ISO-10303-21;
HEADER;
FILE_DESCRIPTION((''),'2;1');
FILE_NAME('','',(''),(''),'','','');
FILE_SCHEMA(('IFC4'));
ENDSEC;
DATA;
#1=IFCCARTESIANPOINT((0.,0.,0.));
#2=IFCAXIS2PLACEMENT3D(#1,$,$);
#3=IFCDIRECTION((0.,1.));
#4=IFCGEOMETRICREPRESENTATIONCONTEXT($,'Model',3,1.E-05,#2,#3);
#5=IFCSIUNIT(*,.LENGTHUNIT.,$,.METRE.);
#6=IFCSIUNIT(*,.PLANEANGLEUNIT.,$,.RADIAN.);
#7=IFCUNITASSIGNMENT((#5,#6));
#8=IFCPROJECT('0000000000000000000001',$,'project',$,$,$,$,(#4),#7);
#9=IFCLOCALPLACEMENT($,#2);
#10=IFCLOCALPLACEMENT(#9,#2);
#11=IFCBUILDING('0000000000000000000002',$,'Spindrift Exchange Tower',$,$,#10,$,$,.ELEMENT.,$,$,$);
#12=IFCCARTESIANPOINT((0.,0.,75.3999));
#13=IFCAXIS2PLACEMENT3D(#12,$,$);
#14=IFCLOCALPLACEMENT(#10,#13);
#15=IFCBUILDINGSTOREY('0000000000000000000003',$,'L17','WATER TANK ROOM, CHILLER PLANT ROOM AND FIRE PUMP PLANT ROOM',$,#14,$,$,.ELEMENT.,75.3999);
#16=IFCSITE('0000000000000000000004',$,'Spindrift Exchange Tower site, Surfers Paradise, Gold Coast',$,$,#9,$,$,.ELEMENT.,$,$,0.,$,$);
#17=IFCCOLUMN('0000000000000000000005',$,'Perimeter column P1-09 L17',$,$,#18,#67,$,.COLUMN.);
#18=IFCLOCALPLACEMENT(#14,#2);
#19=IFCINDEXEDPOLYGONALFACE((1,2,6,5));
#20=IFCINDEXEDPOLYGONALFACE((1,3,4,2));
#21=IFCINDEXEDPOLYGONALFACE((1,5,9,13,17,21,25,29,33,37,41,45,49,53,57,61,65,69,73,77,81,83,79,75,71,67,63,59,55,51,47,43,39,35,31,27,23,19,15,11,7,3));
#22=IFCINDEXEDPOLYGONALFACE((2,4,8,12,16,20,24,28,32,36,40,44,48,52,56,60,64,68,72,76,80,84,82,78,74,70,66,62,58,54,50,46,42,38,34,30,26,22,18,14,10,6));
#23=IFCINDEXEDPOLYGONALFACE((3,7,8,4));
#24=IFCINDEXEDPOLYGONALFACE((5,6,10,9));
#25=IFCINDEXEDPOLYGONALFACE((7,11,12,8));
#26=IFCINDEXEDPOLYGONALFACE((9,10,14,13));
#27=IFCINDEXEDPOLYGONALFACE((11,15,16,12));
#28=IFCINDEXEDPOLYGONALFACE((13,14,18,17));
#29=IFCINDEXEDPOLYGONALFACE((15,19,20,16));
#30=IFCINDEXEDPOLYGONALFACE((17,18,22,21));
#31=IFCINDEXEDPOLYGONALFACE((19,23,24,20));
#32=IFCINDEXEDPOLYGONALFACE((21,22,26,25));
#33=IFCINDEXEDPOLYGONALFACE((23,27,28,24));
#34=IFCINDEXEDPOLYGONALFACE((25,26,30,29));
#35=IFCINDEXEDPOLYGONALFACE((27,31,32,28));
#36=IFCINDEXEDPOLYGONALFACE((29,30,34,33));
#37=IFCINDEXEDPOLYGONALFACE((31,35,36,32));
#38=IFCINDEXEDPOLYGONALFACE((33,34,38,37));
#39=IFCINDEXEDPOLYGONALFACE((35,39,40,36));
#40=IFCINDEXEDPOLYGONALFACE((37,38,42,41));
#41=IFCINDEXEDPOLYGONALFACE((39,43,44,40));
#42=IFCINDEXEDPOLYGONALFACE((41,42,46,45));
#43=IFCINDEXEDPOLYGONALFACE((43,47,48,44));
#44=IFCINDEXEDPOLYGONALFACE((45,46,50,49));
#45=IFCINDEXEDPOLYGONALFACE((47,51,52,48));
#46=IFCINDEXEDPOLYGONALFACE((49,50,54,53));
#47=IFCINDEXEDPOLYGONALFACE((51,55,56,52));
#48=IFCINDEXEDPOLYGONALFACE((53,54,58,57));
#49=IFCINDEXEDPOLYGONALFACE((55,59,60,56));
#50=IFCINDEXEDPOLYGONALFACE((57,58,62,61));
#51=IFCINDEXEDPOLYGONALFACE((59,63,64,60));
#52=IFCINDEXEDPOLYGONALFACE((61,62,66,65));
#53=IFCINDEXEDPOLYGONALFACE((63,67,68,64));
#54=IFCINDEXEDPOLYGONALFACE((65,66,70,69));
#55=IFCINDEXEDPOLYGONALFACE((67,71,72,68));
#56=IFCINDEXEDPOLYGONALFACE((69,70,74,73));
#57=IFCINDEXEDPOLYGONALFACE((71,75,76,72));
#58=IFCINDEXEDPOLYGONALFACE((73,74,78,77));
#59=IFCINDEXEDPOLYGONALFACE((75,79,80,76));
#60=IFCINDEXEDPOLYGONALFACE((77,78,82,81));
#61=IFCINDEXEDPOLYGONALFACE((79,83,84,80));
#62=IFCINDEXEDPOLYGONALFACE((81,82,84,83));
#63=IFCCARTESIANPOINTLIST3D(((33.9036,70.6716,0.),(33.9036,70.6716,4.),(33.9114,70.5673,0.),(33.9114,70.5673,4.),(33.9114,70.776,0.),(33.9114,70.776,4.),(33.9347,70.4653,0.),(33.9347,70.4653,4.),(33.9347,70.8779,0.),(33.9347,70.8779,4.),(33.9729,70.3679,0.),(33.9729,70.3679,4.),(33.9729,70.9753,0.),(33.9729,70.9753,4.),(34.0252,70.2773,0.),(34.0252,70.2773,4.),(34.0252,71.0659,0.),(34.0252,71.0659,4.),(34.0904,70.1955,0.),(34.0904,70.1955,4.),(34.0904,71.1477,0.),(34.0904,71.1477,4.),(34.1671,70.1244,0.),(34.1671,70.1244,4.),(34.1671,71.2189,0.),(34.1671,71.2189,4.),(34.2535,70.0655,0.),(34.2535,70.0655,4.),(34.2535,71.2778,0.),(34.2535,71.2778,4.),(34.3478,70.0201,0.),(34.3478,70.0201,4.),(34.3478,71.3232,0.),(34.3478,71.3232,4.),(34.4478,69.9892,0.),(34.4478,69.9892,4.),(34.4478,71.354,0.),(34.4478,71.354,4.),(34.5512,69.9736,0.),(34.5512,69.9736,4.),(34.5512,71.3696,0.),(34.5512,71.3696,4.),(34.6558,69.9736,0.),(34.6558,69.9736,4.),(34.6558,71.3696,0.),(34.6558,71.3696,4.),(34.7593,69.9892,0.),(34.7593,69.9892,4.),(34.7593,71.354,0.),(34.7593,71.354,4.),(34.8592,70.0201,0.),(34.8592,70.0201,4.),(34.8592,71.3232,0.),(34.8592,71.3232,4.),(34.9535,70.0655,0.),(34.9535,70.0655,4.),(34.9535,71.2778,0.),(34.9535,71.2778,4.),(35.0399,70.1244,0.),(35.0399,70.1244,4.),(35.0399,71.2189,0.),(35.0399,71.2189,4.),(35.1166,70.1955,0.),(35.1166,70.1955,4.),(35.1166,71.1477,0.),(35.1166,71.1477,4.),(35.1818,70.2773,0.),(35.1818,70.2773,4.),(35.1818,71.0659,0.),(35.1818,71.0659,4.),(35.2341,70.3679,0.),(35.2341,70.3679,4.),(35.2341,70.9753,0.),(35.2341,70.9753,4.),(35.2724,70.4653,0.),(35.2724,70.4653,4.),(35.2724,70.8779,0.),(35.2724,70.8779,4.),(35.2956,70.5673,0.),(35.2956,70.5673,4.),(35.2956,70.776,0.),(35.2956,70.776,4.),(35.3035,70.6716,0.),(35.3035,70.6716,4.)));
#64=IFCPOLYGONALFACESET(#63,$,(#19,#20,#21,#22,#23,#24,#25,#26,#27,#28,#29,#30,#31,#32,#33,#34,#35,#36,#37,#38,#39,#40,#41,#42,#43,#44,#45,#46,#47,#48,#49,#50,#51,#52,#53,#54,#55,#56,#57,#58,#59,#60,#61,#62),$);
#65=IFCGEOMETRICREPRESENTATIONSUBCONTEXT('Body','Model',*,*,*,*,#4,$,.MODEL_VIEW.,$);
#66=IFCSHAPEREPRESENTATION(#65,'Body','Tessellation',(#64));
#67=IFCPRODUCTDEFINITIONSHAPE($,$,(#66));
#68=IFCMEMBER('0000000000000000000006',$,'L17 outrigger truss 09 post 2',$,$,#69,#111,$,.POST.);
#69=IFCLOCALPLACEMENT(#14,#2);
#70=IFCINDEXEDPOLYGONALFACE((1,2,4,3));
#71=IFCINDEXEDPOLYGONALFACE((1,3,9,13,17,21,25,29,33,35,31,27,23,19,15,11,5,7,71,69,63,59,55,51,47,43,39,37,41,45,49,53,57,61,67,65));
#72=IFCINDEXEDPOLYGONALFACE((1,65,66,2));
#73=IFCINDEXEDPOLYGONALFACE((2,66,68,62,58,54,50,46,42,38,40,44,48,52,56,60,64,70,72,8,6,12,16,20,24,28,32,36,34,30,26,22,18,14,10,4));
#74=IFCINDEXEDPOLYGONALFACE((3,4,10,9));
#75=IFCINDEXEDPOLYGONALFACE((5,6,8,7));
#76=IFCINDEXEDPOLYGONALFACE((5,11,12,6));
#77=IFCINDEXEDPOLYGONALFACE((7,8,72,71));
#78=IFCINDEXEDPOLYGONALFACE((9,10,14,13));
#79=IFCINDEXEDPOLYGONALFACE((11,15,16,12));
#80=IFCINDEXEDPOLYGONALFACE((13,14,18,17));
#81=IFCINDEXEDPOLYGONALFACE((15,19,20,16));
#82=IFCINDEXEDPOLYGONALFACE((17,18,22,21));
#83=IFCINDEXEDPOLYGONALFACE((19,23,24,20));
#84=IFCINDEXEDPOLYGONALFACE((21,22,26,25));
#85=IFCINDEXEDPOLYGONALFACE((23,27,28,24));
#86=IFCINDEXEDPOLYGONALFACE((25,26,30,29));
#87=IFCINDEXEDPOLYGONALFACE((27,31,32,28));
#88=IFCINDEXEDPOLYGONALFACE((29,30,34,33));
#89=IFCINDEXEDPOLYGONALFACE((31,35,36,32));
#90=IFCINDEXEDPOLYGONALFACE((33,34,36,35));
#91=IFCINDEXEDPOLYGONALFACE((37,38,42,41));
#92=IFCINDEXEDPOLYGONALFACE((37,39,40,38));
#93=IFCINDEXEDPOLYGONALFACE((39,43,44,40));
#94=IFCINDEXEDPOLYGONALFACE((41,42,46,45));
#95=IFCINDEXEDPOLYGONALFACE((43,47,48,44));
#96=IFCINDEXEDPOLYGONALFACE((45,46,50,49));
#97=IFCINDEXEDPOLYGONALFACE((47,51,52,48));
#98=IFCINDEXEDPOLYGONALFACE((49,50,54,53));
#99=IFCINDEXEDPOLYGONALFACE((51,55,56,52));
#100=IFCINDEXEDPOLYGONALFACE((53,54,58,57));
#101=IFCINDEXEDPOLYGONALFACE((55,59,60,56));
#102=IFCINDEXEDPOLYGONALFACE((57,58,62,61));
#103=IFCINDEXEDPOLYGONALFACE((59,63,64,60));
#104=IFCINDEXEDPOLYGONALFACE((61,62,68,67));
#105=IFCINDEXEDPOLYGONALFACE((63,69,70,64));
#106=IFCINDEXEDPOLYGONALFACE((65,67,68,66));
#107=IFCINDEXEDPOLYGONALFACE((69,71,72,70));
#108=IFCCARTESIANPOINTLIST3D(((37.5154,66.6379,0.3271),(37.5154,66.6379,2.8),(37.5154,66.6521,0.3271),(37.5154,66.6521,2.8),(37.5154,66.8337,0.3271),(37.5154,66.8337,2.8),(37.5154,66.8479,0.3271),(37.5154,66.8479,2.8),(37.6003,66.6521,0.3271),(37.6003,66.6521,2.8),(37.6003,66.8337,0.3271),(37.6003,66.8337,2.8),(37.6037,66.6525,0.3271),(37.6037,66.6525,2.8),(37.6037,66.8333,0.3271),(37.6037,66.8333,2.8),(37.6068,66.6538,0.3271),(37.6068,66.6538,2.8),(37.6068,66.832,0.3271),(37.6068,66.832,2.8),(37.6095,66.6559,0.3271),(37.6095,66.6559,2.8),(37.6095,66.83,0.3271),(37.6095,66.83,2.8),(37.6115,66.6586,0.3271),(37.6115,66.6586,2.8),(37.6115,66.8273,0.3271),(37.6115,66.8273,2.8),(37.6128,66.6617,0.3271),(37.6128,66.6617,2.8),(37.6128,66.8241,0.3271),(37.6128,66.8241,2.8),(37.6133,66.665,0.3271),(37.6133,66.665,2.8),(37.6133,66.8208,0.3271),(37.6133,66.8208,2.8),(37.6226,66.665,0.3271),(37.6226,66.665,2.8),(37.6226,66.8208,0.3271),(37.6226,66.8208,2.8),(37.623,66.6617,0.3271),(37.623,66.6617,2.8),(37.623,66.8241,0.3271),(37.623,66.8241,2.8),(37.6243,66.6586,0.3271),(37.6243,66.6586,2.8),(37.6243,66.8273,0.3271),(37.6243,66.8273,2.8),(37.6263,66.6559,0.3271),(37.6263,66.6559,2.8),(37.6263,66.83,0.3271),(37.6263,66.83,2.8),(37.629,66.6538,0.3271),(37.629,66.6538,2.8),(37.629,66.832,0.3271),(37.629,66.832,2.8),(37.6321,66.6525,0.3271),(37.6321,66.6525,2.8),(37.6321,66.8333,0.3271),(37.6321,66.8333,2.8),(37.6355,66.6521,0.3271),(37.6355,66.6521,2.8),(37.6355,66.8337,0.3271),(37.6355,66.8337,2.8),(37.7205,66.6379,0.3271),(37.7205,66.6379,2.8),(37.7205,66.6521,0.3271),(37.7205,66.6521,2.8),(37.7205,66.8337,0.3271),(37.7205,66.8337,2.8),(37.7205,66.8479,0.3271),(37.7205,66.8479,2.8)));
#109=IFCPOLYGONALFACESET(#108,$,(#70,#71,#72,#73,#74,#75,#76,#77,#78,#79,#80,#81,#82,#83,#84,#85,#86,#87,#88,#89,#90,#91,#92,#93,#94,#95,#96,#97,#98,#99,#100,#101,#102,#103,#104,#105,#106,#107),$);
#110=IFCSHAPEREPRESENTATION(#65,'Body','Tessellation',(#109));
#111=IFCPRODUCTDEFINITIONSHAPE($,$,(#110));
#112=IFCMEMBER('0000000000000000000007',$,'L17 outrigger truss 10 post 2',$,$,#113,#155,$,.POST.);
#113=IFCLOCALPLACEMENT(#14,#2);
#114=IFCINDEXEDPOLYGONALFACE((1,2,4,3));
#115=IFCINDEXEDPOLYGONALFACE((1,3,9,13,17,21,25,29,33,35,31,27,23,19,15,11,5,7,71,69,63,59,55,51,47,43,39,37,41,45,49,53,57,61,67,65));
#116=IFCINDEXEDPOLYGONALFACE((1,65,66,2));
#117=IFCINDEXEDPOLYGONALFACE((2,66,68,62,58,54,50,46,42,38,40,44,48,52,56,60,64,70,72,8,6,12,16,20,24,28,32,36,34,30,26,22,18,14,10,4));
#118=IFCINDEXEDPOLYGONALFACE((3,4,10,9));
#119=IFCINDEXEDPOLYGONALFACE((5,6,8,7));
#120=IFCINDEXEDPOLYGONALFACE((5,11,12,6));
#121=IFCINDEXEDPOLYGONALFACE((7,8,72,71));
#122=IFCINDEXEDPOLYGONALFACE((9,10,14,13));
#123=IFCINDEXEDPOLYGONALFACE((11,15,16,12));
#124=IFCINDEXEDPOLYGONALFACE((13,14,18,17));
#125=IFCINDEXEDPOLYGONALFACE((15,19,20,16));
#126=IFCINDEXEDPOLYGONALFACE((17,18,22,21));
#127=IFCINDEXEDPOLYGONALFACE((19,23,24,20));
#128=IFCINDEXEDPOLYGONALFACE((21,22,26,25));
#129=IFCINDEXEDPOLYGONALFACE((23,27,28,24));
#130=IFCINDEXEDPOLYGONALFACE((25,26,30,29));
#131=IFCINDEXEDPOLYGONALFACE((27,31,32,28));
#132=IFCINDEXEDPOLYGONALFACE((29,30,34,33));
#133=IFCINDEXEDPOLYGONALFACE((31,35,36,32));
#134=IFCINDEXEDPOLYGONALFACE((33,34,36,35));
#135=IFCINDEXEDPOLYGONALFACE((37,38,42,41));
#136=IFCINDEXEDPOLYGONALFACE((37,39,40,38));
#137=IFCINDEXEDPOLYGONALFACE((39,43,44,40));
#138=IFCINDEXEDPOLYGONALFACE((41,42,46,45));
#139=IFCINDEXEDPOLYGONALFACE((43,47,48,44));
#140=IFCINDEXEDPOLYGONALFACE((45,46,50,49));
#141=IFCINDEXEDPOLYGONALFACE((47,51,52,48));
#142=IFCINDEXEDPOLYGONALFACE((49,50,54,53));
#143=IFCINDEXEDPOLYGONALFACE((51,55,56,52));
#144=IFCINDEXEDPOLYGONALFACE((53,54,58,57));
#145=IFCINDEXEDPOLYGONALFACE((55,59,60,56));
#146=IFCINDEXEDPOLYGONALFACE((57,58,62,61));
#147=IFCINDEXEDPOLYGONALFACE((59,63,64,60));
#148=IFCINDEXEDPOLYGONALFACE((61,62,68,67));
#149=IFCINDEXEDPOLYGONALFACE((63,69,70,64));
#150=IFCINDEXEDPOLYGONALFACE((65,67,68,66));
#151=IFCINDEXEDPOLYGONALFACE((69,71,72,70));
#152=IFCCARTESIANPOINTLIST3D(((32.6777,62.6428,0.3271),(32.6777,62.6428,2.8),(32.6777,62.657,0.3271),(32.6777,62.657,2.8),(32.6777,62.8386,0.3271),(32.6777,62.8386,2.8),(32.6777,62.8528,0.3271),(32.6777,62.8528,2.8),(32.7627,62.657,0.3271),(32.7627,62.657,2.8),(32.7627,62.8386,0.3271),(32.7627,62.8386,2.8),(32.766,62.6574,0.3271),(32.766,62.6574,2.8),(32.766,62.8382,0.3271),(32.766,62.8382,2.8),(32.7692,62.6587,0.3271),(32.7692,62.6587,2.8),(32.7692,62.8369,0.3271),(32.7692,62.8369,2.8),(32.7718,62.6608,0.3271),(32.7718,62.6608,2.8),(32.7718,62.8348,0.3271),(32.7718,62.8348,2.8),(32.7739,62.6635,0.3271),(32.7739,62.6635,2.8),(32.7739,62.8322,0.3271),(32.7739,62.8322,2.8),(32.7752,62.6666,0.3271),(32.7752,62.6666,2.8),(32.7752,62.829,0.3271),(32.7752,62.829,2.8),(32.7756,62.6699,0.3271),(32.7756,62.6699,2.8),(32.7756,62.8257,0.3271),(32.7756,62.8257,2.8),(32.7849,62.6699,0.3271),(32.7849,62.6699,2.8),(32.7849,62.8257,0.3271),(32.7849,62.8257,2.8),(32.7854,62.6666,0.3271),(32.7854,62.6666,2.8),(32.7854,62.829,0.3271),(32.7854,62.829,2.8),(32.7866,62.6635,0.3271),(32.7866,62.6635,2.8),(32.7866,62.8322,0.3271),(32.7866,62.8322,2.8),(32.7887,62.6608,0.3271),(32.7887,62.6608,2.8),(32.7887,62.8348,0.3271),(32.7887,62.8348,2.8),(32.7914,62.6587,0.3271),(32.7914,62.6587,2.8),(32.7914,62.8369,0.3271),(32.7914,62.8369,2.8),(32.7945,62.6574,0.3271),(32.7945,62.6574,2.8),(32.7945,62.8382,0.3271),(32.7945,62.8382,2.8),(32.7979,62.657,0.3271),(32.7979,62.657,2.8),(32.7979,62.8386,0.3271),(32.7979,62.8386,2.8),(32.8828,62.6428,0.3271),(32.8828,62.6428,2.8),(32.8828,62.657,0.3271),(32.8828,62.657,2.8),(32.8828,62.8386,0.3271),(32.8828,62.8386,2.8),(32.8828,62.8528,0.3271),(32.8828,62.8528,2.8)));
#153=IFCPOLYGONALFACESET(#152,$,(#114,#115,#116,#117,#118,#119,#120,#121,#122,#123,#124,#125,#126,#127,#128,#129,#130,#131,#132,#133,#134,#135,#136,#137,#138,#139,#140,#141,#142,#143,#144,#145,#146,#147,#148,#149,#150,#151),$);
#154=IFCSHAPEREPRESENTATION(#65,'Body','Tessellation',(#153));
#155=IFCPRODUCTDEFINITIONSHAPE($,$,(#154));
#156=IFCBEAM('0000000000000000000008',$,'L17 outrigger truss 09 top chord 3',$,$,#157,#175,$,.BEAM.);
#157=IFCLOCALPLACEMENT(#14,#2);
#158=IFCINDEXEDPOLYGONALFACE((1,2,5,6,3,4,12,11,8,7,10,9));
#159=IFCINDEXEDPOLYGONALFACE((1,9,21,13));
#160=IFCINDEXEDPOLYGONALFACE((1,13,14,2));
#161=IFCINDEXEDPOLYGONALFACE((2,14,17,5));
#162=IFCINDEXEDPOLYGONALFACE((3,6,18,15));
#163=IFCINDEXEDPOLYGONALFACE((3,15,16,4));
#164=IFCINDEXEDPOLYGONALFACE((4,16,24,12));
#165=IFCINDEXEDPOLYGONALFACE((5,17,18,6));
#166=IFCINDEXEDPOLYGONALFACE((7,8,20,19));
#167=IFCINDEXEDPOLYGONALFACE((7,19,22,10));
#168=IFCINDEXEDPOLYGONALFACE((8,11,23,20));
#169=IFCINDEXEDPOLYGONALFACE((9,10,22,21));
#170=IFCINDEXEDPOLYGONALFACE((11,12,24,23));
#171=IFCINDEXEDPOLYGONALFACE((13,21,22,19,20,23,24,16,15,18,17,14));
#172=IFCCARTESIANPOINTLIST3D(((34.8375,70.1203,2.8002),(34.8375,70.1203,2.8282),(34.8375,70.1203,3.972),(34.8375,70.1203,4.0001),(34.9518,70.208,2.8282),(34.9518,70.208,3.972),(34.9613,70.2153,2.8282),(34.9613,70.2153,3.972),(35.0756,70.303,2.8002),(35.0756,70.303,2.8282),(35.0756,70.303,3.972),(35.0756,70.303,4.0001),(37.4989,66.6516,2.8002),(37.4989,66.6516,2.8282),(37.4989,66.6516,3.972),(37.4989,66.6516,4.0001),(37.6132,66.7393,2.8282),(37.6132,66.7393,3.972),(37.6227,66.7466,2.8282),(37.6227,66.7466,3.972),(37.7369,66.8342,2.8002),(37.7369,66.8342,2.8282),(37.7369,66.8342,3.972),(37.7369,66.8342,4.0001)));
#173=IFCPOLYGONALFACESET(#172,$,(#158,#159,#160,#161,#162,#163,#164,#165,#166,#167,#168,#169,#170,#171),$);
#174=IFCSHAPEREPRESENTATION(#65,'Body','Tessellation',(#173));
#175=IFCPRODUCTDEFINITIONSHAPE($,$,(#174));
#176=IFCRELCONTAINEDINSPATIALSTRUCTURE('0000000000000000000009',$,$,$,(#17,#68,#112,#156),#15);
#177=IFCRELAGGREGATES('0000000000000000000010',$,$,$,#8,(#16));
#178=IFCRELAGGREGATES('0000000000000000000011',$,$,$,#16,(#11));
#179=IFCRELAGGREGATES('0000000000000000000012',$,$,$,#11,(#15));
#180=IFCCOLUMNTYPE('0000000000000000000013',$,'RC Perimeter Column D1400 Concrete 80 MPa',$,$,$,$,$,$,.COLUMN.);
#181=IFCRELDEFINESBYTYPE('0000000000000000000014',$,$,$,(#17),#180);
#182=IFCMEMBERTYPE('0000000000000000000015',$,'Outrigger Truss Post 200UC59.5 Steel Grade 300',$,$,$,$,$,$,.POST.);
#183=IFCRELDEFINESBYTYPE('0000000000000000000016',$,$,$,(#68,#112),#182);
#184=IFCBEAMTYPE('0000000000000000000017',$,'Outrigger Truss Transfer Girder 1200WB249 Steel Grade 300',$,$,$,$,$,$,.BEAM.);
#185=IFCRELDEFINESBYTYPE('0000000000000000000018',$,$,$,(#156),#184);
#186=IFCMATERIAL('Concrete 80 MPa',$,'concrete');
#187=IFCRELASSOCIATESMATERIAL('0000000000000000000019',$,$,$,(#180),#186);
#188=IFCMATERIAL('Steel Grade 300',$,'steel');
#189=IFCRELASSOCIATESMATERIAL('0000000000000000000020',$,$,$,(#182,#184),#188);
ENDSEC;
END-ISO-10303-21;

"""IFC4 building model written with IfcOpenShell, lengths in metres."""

from ifc_helpers import new_model, si_unit, direction, frame, origin, origin_2d, place, context, subcontext, project, spatial, circle, i_section, extrude, source, transform, mapped, material, material_profile, profile_set, type_object, element, save


model = new_model("IFC4")

# Units and contexts
model_context = context("Model", 3, precision=1e-05, world=origin(), true_north=direction((0.0, 1.0)))
body_context = subcontext(model_context, "Body", "Model", "MODEL_VIEW")
ifc_project = project(units=[si_unit("LENGTHUNIT", "METRE"), si_unit("PLANEANGLEUNIT", "RADIAN")], contexts=[model_context])

# Site, building, storey
site_placement = place(None, origin())
site = spatial("IfcSite", under=ifc_project, at=site_placement, Name="Spindrift Exchange Tower site, Surfers Paradise, Gold Coast", CompositionType="ELEMENT", RefElevation=0.0)
building_placement = place(site_placement, origin())
building = spatial("IfcBuilding", under=site, at=building_placement, Name="Spindrift Exchange Tower", CompositionType="ELEMENT")
storey_placement = place(building_placement, frame((0.0, 0.0, 75.3999)))
storey = spatial("IfcBuildingStorey", under=building, at=storey_placement, Name="L17", Description="WATER TANK ROOM, CHILLER PLANT ROOM AND FIRE PUMP PLANT ROOM", CompositionType="ELEMENT", Elevation=75.3999)

# Column
ifc_material_1 = material(Name="Concrete 80 MPa", Category="concrete")
ifc_material_profile_1 = material_profile(ifc_material_1, circle(Radius=0.7, at=origin_2d()), Name="RC D1400")
ifc_profile_set_1 = profile_set([ifc_material_profile_1], Name="Concrete 80 MPa")
column_type = type_object("IfcColumnType", Name="RC Perimeter Column D1400 Concrete 80 MPa", PredefinedType="COLUMN", material=ifc_profile_set_1)
shared_shape_1 = source(origin(), body_context, "Body", "SweptSolid", [
    extrude(circle(Radius=0.7, at=origin_2d()), origin(), (0.0, 0.0, 1.0), 4.0),
])
column_placement = place(storey_placement, frame((34.6035, 70.6716, 0.0), z_axis=(0.0, 0.0, 1.0), x_axis=(1.0, 0.0, 0.0)))
element("IfcColumn", 1, at=column_placement, inside=storey, type_object=column_type, Name="Perimeter column P1-09 L17", PredefinedType="COLUMN", context=body_context, shape_type="MappedRepresentation", body=[
    mapped(shared_shape_1, transform((0.0, 0.0, 0.0), scale=1.0)),
])

# Members
ifc_material_2 = material(Name="Steel Grade 300", Category="steel")
ifc_material_profile_2 = material_profile(ifc_material_2, i_section(OverallWidth=0.2051, OverallDepth=0.21, WebThickness=0.0093, FlangeThickness=0.0142, FilletRadius=0.0129, at=origin_2d()), Name="200UC59.5")
ifc_profile_set_2 = profile_set([ifc_material_profile_2], Name="Steel Grade 300")
member_type_1 = type_object("IfcMemberType", Name="Outrigger Truss Post 200UC59.5 Steel Grade 300", PredefinedType="POST", material=ifc_profile_set_2)
shared_shape_2 = source(origin(), body_context, "Body", "SweptSolid", [
    extrude(i_section(OverallWidth=0.2051, OverallDepth=0.21, WebThickness=0.0093, FlangeThickness=0.0142, FilletRadius=0.0129, at=origin_2d()), origin(), (0.0, 0.0, 1.0), 2.4729),
])
for number, where, z_axis, x_axis, name in (
    (2, (37.6179, 66.7429, 0.3271), (0.0, 0.0, 1.0), (1.0, 0.0, 0.0), "L17 outrigger truss 09 post 2"),
    (3, (32.7803, 62.7478, 0.3271), (0.0, 0.0, 1.0), (1.0, 0.0, 0.0), "L17 outrigger truss 10 post 2"),
):
    element("IfcMember", number, at=place(storey_placement, frame(where, z_axis=z_axis, x_axis=x_axis)), inside=storey, type_object=member_type_1, Name=name, PredefinedType="POST", context=body_context, shape_type="MappedRepresentation", body=[
        mapped(shared_shape_2, transform((0.0, 0.0, 0.0), scale=1.0)),
    ])

# Beam
ifc_material_profile_3 = material_profile(ifc_material_2, i_section(OverallWidth=0.3, OverallDepth=1.2, WebThickness=0.012, FlangeThickness=0.0281, at=origin_2d()), Name="1200WB249")
ifc_profile_set_3 = profile_set([ifc_material_profile_3], Name="Steel Grade 300")
beam_type_1 = type_object("IfcBeamType", Name="Outrigger Truss Transfer Girder 1200WB249 Steel Grade 300", PredefinedType="BEAM", material=ifc_profile_set_3)
shared_shape_3 = source(origin(), body_context, "Body", "SweptSolid", [
    extrude(i_section(OverallWidth=0.3, OverallDepth=1.2, WebThickness=0.012, FlangeThickness=0.0281, at=origin_2d()), origin(), (0.0, 0.0, 1.0), 4.3721),
])
beam_1_placement = place(storey_placement, frame((37.6179, 66.7429, 3.4001), z_axis=(-0.60872, 0.793385, 0.0), x_axis=(-0.793385, -0.60872, 0.0)))
element("IfcBeam", 4, at=beam_1_placement, inside=storey, type_object=beam_type_1, Name="L17 outrigger truss 09 top chord 3", PredefinedType="BEAM", context=body_context, shape_type="MappedRepresentation", body=[
    mapped(shared_shape_3, transform((0.0, 0.0, 0.0), scale=1.0)),
])

save(model, "model.ifc")
